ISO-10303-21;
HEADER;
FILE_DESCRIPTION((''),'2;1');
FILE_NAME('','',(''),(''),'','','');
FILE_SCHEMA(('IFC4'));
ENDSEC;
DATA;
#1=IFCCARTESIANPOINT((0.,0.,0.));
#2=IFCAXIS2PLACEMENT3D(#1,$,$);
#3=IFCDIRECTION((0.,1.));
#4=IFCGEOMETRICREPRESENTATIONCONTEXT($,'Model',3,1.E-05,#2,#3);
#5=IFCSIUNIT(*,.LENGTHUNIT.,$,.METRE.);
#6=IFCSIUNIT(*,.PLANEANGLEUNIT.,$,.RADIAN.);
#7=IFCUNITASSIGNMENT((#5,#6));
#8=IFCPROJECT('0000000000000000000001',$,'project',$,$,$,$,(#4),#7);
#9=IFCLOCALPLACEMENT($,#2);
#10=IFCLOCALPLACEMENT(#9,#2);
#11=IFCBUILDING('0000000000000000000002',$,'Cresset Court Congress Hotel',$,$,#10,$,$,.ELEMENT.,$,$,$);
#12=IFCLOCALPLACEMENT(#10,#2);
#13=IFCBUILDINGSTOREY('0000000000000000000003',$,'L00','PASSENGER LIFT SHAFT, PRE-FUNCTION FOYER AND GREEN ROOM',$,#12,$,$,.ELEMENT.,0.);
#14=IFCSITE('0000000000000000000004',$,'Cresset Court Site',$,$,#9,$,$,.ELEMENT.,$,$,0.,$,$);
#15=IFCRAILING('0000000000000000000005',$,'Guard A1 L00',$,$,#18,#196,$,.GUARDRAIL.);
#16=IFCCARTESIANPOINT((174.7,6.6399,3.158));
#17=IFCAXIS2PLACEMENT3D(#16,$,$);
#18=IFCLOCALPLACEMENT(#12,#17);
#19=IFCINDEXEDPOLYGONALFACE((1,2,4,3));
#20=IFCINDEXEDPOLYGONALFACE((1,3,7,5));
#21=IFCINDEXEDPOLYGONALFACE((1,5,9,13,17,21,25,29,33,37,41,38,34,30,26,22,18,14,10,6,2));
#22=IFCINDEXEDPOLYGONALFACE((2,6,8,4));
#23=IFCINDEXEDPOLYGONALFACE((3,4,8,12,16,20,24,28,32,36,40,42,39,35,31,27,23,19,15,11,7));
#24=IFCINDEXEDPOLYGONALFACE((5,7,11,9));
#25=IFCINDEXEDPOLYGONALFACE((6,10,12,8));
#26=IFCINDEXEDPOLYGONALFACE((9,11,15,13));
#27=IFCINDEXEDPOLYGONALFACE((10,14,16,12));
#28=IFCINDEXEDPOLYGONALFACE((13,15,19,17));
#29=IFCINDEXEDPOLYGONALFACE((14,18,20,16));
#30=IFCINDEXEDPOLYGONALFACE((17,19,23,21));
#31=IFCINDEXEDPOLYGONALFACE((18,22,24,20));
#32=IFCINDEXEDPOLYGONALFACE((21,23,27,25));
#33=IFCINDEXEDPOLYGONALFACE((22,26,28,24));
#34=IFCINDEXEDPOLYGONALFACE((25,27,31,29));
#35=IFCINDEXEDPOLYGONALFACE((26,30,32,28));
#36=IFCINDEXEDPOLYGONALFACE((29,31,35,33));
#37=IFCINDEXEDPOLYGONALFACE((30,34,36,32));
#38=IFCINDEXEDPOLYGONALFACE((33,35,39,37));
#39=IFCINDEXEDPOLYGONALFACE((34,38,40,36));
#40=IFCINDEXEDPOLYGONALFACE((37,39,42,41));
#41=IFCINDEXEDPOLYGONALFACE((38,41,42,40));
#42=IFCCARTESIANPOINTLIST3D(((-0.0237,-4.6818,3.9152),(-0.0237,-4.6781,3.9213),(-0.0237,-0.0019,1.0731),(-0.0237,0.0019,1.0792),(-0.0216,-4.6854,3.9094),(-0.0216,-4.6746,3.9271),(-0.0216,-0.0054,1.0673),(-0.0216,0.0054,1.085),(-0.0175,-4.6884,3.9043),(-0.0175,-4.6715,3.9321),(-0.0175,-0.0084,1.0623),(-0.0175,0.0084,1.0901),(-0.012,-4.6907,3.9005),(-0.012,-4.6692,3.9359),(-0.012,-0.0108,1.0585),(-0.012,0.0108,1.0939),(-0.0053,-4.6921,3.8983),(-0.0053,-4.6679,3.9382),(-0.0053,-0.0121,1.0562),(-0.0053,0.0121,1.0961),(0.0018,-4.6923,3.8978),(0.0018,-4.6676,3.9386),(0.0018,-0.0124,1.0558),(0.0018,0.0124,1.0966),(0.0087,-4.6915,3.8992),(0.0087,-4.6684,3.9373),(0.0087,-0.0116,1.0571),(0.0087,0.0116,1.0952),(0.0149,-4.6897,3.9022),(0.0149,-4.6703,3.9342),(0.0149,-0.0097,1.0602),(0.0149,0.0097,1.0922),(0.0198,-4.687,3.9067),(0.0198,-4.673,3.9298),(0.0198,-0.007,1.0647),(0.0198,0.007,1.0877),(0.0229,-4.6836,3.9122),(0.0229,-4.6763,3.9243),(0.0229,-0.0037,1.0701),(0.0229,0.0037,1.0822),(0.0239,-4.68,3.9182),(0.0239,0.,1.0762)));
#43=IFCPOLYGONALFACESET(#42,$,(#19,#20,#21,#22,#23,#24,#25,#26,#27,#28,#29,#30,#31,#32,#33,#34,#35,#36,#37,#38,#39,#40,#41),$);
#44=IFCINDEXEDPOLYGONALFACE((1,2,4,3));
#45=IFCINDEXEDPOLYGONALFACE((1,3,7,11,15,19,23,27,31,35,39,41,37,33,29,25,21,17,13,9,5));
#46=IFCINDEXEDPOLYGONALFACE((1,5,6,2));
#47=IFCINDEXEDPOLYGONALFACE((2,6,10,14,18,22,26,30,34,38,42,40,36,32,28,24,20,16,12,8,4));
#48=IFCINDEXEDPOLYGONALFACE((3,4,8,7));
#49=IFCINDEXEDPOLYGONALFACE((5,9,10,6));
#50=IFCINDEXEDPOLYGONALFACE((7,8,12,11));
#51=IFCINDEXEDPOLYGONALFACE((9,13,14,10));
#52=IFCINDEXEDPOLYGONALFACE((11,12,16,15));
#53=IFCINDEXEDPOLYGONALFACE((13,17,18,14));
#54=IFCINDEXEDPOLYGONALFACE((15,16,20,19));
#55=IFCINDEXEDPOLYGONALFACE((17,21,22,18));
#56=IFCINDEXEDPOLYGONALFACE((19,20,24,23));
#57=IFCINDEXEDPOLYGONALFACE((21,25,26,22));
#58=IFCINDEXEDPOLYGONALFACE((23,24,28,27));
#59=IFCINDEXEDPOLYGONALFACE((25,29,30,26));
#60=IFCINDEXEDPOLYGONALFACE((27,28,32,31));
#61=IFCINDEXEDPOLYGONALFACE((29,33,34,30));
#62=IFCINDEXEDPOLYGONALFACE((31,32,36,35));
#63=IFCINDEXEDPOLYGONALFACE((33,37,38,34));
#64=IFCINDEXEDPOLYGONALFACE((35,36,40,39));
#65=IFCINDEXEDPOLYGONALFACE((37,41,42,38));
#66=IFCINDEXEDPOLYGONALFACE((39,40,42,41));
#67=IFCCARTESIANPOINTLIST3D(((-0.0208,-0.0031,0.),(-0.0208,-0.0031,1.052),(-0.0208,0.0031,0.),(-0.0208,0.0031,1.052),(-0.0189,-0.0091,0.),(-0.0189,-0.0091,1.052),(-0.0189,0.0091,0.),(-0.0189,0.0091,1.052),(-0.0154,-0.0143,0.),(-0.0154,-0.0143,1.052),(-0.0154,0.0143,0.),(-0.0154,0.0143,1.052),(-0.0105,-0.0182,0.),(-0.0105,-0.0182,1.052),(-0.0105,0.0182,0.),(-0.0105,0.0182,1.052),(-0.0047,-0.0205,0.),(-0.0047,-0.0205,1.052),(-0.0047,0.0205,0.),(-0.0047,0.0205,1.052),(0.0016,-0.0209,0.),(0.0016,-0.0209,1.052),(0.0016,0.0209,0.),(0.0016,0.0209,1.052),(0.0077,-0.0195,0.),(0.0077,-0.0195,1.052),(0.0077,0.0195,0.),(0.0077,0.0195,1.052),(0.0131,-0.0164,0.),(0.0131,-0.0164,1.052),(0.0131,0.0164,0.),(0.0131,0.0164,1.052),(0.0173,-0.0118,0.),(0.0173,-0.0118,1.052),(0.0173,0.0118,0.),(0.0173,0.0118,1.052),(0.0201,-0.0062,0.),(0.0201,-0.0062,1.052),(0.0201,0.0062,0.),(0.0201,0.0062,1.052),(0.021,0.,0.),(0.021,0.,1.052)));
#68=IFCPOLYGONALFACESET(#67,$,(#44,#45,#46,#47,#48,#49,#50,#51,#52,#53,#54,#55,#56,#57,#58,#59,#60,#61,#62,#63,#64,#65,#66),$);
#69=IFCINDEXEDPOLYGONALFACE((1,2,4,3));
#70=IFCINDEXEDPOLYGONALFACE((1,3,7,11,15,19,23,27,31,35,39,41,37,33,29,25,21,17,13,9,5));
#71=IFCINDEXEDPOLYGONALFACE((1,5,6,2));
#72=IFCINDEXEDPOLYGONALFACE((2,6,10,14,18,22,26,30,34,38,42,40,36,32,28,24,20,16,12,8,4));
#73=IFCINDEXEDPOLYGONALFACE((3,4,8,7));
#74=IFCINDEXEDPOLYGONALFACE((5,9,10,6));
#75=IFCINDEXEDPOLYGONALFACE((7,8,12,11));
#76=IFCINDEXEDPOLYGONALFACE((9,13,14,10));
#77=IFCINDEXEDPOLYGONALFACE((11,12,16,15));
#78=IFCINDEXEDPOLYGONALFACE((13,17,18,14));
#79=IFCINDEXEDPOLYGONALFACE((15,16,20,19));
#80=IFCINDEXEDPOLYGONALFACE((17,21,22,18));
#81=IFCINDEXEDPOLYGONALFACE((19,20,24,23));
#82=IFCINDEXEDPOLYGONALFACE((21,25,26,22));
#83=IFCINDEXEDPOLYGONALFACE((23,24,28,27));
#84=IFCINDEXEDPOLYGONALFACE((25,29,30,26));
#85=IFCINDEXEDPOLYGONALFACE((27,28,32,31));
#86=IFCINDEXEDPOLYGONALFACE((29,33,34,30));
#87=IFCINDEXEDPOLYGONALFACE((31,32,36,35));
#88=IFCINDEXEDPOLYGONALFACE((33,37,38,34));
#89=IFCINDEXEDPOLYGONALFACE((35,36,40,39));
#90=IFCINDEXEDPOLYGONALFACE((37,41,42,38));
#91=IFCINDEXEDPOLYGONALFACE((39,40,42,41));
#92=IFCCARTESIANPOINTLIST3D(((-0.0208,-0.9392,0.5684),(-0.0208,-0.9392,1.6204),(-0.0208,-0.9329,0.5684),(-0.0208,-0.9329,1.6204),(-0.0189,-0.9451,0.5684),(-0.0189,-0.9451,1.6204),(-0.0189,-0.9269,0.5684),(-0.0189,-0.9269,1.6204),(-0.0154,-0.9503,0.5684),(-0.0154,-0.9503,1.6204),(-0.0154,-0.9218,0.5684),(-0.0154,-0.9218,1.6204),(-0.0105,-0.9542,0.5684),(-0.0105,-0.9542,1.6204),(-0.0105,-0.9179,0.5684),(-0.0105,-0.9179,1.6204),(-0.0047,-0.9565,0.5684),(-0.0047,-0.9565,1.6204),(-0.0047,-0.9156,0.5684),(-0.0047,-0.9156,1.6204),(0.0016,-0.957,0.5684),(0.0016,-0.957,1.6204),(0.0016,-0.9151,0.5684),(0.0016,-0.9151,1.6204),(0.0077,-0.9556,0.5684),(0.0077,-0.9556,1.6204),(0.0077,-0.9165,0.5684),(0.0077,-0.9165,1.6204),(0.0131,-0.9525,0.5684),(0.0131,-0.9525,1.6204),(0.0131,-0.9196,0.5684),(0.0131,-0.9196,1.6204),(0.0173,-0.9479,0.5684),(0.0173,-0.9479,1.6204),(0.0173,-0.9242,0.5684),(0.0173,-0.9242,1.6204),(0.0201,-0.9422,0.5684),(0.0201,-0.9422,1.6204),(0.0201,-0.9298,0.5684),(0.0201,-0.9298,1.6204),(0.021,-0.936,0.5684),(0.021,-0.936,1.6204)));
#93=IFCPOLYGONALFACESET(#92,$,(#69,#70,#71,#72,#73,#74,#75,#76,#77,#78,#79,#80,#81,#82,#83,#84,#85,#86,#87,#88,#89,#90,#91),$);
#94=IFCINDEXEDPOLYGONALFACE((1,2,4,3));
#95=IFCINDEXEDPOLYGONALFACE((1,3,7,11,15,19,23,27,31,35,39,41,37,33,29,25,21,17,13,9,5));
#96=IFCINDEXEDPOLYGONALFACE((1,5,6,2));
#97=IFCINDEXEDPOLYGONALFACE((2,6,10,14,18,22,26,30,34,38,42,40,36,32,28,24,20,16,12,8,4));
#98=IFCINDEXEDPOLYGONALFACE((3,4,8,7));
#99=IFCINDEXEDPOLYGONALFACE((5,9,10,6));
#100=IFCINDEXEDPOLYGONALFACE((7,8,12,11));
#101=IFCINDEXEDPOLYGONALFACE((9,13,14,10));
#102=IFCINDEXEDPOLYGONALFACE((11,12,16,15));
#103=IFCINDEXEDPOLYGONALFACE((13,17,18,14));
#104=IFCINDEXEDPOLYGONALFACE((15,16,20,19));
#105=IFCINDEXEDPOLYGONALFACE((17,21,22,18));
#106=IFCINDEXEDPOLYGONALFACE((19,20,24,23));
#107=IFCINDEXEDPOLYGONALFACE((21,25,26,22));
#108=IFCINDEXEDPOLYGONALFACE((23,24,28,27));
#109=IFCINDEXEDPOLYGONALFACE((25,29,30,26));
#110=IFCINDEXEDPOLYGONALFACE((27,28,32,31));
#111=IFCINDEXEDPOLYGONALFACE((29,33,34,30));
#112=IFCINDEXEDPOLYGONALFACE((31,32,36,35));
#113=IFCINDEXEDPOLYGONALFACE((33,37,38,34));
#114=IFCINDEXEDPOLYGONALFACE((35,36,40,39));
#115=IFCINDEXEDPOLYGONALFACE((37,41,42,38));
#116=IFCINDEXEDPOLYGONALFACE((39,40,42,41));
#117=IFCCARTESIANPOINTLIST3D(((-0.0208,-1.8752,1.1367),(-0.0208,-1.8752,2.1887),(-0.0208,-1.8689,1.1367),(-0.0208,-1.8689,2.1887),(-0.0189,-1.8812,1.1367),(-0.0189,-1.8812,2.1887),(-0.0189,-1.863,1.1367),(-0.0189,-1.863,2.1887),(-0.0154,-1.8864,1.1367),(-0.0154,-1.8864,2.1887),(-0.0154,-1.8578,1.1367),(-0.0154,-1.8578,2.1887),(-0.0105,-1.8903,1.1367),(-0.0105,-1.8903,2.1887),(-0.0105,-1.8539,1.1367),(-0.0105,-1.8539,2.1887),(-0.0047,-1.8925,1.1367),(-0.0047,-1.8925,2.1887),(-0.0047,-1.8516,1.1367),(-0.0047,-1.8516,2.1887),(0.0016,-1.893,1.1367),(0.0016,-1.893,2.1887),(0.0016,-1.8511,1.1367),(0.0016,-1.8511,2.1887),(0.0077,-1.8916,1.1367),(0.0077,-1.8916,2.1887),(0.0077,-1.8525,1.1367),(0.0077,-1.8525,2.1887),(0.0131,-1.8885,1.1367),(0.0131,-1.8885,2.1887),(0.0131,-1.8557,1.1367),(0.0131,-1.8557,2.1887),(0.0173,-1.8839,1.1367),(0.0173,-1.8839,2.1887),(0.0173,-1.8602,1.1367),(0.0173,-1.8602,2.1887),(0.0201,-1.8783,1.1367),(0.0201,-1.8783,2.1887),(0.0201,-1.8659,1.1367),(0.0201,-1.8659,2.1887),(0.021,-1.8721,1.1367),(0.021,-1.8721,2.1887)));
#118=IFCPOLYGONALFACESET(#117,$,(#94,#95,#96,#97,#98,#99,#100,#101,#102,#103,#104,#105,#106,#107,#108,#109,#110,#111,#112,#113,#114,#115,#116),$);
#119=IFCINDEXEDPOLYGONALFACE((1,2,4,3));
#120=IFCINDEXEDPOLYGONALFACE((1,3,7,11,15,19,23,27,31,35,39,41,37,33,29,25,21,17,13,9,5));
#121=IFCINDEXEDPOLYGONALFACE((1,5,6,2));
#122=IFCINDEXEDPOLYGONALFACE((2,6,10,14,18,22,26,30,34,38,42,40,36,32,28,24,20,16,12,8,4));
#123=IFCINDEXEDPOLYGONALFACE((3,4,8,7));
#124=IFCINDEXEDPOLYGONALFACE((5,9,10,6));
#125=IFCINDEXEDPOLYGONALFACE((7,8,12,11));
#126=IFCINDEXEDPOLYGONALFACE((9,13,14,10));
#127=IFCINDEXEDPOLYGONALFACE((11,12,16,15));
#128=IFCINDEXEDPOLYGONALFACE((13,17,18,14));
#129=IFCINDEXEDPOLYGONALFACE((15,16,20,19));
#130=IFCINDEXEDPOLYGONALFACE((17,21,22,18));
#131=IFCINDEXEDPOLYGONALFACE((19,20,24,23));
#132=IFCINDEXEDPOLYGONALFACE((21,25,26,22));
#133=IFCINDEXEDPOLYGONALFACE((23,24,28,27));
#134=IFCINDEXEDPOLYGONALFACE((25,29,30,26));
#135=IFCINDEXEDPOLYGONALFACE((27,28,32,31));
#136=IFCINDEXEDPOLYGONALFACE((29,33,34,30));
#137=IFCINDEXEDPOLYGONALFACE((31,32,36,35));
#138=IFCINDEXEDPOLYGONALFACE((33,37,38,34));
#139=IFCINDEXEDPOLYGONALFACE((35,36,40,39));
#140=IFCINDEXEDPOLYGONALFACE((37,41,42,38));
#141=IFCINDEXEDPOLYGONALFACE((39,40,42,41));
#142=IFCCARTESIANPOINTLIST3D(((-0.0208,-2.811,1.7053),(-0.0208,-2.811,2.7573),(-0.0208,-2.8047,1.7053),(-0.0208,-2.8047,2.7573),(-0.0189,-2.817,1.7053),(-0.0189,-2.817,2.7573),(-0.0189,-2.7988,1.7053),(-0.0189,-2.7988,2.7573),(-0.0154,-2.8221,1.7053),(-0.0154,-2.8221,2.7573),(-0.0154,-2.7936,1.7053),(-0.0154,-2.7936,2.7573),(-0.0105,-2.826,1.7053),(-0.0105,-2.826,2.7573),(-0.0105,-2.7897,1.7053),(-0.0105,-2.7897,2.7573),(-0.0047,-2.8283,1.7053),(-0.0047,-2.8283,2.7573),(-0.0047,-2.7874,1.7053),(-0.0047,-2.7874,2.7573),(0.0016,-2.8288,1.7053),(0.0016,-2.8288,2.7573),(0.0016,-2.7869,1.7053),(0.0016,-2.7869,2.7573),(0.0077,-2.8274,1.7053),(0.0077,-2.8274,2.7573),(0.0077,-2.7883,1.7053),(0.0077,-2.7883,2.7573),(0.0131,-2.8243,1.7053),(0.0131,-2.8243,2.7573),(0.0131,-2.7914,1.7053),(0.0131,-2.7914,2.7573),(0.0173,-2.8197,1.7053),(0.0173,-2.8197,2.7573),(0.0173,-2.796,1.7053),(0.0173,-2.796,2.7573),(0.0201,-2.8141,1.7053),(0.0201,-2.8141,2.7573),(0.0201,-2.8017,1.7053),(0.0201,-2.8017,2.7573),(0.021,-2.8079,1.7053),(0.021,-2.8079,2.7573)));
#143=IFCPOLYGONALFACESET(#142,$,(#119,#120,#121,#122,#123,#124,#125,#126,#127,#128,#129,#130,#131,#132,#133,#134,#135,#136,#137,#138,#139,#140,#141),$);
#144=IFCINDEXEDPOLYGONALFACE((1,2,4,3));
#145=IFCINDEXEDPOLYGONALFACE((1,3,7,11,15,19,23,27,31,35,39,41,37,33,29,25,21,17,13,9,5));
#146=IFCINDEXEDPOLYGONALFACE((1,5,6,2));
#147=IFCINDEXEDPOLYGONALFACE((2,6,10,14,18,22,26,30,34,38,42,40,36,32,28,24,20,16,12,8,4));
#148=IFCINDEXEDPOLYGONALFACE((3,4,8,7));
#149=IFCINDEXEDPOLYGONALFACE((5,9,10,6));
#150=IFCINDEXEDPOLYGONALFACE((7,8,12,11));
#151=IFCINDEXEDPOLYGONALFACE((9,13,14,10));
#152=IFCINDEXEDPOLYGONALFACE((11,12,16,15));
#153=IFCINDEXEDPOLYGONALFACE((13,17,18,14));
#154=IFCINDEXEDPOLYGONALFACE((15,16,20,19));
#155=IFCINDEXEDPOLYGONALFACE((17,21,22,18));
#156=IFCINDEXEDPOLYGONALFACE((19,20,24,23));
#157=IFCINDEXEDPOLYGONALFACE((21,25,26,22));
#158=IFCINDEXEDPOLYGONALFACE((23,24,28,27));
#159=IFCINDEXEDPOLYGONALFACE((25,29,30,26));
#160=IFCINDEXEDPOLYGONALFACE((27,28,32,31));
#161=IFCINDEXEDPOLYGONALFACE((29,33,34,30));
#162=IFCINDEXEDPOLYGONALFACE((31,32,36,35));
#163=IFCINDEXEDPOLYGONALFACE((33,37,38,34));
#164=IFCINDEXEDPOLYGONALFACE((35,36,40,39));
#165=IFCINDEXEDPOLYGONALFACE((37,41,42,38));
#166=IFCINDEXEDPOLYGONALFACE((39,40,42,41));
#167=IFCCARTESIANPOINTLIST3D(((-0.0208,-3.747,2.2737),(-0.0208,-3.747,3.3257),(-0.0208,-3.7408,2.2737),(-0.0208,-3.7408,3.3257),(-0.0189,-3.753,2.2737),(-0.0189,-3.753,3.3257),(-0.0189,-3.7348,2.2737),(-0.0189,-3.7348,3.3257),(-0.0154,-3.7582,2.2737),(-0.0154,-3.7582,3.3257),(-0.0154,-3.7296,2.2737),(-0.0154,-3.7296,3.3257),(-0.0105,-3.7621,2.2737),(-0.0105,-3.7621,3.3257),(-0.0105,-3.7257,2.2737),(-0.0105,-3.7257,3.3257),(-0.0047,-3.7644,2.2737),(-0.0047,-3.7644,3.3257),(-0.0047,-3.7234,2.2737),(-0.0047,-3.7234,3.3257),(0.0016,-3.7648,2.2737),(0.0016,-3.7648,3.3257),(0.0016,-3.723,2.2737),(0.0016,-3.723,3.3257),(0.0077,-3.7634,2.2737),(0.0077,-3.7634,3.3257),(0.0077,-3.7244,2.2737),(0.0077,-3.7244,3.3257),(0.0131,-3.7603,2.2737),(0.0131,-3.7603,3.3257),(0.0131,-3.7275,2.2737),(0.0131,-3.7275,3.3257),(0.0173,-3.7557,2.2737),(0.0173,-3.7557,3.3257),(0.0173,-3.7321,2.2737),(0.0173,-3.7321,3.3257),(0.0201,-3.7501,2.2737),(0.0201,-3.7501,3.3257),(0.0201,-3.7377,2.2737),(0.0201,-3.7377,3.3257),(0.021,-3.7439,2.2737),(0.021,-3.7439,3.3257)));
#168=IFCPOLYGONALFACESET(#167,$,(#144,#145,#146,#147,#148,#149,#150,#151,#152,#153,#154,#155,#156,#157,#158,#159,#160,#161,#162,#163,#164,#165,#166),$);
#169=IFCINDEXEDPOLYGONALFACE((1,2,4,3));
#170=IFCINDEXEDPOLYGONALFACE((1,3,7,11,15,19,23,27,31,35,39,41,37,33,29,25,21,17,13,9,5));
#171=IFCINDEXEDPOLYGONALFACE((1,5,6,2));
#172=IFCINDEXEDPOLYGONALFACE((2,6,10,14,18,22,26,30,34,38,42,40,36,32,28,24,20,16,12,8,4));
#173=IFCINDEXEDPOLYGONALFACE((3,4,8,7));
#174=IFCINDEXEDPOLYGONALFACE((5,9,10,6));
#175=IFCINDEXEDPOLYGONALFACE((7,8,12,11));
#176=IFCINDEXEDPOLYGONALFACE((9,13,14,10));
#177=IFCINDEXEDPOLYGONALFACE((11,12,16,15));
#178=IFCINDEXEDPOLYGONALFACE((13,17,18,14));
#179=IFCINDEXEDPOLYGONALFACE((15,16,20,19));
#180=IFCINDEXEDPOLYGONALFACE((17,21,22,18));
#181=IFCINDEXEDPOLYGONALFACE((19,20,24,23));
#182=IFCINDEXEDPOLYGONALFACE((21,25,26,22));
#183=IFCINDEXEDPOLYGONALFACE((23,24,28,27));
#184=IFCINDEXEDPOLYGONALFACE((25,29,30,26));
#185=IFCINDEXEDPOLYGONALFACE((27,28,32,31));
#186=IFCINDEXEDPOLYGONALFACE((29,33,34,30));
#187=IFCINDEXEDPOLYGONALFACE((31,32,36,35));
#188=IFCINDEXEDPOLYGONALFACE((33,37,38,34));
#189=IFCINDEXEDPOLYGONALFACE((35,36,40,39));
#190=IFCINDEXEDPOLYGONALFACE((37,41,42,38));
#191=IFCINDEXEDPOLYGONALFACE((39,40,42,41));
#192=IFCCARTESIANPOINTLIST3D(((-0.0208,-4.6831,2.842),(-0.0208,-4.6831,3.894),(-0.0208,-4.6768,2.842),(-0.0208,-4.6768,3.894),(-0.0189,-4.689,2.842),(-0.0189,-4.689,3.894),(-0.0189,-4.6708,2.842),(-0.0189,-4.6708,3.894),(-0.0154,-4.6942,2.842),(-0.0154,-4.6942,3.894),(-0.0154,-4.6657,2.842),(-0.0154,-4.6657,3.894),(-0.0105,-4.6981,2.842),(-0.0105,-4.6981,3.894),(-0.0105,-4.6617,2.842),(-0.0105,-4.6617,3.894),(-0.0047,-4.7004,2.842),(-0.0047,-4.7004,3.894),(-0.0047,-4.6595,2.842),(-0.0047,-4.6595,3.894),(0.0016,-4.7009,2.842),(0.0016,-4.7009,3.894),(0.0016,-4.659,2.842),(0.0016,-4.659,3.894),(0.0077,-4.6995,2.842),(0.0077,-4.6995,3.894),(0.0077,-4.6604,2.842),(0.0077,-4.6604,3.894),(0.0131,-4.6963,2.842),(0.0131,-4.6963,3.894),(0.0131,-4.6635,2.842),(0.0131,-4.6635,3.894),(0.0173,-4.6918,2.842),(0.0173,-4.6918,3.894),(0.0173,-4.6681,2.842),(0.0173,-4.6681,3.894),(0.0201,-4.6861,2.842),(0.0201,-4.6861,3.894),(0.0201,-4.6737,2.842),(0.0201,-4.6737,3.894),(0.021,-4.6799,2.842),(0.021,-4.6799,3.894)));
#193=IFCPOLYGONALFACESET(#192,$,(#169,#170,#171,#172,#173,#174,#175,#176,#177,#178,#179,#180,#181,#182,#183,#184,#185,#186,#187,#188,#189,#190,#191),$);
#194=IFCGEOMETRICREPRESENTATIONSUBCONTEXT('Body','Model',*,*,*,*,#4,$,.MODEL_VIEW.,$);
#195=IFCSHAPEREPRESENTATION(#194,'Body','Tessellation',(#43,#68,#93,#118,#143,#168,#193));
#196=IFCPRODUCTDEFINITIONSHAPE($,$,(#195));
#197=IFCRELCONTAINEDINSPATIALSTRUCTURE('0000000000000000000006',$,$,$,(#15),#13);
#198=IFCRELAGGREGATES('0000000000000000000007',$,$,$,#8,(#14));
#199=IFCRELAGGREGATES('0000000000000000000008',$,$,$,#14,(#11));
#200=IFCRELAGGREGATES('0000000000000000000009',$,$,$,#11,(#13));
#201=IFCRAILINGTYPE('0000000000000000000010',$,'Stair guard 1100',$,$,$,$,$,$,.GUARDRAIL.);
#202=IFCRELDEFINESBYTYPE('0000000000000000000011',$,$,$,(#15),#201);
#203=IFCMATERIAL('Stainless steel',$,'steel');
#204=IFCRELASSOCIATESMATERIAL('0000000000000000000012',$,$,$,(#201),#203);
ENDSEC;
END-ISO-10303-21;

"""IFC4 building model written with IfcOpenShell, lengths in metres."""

from ifc_helpers import new_model, si_unit, direction, frame, origin, origin_2d, place, context, subcontext, project, spatial, circle, extrude, material, type_object, element, save


model = new_model("IFC4")

# Units and contexts
model_context = context("Model", 3, precision=1e-05, world=origin(), true_north=direction((0.0, 1.0)))
body_context = subcontext(model_context, "Body", "Model", "MODEL_VIEW")
ifc_project = project(units=[si_unit("LENGTHUNIT", "METRE"), si_unit("PLANEANGLEUNIT", "RADIAN")], contexts=[model_context])

# Site, building, storey
site_placement = place(None, origin())
site = spatial("IfcSite", under=ifc_project, at=site_placement, Name="Cresset Court Site", CompositionType="ELEMENT", RefElevation=0.0)
building_placement = place(site_placement, origin())
building = spatial("IfcBuilding", under=site, at=building_placement, Name="Cresset Court Congress Hotel", CompositionType="ELEMENT")
storey_placement = place(building_placement, origin())
storey = spatial("IfcBuildingStorey", under=building, at=storey_placement, Name="L00", Description="PASSENGER LIFT SHAFT, PRE-FUNCTION FOYER AND GREEN ROOM", CompositionType="ELEMENT", Elevation=0.0)

# Railing
ifc_material_1 = material(Name="Stainless steel", Category="steel")
railing_type_1 = type_object("IfcRailingType", Name="Stair guard 1100", PredefinedType="GUARDRAIL", material=ifc_material_1)
railing_1_placement = place(storey_placement, frame((174.7, 6.6399, 3.158)))
element("IfcRailing", 1, at=railing_1_placement, inside=storey, type_object=railing_type_1, Name="Guard A1 L00", PredefinedType="GUARDRAIL", context=body_context, shape_type="SweptSolid", body=[
    extrude(circle(Radius=0.0239, at=origin_2d()), frame((0.0, 0.0, 1.0762), z_axis=(0.0, -0.854735, 0.519065), x_axis=(1.0, 0.0, 0.0)), (0.0, 0.0, 1.0), 5.4753),
    extrude(circle(Radius=0.021, at=origin_2d()), origin(), (0.0, 0.0, 1.0), 1.052),
    extrude(circle(Radius=0.021, at=origin_2d()), frame((0.0, -0.936, 0.5684)), (0.0, 0.0, 1.0), 1.052),
    extrude(circle(Radius=0.021, at=origin_2d()), frame((0.0, -1.8721, 1.1367)), (0.0, 0.0, 1.0), 1.052),
    extrude(circle(Radius=0.021, at=origin_2d()), frame((0.0, -2.8079, 1.7053)), (0.0, 0.0, 1.0), 1.052),
    extrude(circle(Radius=0.021, at=origin_2d()), frame((0.0, -3.7439, 2.2737)), (0.0, 0.0, 1.0), 1.052),
    extrude(circle(Radius=0.021, at=origin_2d()), frame((0.0, -4.6799, 2.842)), (0.0, 0.0, 1.0), 1.052),
])

save(model, "model.ifc")
